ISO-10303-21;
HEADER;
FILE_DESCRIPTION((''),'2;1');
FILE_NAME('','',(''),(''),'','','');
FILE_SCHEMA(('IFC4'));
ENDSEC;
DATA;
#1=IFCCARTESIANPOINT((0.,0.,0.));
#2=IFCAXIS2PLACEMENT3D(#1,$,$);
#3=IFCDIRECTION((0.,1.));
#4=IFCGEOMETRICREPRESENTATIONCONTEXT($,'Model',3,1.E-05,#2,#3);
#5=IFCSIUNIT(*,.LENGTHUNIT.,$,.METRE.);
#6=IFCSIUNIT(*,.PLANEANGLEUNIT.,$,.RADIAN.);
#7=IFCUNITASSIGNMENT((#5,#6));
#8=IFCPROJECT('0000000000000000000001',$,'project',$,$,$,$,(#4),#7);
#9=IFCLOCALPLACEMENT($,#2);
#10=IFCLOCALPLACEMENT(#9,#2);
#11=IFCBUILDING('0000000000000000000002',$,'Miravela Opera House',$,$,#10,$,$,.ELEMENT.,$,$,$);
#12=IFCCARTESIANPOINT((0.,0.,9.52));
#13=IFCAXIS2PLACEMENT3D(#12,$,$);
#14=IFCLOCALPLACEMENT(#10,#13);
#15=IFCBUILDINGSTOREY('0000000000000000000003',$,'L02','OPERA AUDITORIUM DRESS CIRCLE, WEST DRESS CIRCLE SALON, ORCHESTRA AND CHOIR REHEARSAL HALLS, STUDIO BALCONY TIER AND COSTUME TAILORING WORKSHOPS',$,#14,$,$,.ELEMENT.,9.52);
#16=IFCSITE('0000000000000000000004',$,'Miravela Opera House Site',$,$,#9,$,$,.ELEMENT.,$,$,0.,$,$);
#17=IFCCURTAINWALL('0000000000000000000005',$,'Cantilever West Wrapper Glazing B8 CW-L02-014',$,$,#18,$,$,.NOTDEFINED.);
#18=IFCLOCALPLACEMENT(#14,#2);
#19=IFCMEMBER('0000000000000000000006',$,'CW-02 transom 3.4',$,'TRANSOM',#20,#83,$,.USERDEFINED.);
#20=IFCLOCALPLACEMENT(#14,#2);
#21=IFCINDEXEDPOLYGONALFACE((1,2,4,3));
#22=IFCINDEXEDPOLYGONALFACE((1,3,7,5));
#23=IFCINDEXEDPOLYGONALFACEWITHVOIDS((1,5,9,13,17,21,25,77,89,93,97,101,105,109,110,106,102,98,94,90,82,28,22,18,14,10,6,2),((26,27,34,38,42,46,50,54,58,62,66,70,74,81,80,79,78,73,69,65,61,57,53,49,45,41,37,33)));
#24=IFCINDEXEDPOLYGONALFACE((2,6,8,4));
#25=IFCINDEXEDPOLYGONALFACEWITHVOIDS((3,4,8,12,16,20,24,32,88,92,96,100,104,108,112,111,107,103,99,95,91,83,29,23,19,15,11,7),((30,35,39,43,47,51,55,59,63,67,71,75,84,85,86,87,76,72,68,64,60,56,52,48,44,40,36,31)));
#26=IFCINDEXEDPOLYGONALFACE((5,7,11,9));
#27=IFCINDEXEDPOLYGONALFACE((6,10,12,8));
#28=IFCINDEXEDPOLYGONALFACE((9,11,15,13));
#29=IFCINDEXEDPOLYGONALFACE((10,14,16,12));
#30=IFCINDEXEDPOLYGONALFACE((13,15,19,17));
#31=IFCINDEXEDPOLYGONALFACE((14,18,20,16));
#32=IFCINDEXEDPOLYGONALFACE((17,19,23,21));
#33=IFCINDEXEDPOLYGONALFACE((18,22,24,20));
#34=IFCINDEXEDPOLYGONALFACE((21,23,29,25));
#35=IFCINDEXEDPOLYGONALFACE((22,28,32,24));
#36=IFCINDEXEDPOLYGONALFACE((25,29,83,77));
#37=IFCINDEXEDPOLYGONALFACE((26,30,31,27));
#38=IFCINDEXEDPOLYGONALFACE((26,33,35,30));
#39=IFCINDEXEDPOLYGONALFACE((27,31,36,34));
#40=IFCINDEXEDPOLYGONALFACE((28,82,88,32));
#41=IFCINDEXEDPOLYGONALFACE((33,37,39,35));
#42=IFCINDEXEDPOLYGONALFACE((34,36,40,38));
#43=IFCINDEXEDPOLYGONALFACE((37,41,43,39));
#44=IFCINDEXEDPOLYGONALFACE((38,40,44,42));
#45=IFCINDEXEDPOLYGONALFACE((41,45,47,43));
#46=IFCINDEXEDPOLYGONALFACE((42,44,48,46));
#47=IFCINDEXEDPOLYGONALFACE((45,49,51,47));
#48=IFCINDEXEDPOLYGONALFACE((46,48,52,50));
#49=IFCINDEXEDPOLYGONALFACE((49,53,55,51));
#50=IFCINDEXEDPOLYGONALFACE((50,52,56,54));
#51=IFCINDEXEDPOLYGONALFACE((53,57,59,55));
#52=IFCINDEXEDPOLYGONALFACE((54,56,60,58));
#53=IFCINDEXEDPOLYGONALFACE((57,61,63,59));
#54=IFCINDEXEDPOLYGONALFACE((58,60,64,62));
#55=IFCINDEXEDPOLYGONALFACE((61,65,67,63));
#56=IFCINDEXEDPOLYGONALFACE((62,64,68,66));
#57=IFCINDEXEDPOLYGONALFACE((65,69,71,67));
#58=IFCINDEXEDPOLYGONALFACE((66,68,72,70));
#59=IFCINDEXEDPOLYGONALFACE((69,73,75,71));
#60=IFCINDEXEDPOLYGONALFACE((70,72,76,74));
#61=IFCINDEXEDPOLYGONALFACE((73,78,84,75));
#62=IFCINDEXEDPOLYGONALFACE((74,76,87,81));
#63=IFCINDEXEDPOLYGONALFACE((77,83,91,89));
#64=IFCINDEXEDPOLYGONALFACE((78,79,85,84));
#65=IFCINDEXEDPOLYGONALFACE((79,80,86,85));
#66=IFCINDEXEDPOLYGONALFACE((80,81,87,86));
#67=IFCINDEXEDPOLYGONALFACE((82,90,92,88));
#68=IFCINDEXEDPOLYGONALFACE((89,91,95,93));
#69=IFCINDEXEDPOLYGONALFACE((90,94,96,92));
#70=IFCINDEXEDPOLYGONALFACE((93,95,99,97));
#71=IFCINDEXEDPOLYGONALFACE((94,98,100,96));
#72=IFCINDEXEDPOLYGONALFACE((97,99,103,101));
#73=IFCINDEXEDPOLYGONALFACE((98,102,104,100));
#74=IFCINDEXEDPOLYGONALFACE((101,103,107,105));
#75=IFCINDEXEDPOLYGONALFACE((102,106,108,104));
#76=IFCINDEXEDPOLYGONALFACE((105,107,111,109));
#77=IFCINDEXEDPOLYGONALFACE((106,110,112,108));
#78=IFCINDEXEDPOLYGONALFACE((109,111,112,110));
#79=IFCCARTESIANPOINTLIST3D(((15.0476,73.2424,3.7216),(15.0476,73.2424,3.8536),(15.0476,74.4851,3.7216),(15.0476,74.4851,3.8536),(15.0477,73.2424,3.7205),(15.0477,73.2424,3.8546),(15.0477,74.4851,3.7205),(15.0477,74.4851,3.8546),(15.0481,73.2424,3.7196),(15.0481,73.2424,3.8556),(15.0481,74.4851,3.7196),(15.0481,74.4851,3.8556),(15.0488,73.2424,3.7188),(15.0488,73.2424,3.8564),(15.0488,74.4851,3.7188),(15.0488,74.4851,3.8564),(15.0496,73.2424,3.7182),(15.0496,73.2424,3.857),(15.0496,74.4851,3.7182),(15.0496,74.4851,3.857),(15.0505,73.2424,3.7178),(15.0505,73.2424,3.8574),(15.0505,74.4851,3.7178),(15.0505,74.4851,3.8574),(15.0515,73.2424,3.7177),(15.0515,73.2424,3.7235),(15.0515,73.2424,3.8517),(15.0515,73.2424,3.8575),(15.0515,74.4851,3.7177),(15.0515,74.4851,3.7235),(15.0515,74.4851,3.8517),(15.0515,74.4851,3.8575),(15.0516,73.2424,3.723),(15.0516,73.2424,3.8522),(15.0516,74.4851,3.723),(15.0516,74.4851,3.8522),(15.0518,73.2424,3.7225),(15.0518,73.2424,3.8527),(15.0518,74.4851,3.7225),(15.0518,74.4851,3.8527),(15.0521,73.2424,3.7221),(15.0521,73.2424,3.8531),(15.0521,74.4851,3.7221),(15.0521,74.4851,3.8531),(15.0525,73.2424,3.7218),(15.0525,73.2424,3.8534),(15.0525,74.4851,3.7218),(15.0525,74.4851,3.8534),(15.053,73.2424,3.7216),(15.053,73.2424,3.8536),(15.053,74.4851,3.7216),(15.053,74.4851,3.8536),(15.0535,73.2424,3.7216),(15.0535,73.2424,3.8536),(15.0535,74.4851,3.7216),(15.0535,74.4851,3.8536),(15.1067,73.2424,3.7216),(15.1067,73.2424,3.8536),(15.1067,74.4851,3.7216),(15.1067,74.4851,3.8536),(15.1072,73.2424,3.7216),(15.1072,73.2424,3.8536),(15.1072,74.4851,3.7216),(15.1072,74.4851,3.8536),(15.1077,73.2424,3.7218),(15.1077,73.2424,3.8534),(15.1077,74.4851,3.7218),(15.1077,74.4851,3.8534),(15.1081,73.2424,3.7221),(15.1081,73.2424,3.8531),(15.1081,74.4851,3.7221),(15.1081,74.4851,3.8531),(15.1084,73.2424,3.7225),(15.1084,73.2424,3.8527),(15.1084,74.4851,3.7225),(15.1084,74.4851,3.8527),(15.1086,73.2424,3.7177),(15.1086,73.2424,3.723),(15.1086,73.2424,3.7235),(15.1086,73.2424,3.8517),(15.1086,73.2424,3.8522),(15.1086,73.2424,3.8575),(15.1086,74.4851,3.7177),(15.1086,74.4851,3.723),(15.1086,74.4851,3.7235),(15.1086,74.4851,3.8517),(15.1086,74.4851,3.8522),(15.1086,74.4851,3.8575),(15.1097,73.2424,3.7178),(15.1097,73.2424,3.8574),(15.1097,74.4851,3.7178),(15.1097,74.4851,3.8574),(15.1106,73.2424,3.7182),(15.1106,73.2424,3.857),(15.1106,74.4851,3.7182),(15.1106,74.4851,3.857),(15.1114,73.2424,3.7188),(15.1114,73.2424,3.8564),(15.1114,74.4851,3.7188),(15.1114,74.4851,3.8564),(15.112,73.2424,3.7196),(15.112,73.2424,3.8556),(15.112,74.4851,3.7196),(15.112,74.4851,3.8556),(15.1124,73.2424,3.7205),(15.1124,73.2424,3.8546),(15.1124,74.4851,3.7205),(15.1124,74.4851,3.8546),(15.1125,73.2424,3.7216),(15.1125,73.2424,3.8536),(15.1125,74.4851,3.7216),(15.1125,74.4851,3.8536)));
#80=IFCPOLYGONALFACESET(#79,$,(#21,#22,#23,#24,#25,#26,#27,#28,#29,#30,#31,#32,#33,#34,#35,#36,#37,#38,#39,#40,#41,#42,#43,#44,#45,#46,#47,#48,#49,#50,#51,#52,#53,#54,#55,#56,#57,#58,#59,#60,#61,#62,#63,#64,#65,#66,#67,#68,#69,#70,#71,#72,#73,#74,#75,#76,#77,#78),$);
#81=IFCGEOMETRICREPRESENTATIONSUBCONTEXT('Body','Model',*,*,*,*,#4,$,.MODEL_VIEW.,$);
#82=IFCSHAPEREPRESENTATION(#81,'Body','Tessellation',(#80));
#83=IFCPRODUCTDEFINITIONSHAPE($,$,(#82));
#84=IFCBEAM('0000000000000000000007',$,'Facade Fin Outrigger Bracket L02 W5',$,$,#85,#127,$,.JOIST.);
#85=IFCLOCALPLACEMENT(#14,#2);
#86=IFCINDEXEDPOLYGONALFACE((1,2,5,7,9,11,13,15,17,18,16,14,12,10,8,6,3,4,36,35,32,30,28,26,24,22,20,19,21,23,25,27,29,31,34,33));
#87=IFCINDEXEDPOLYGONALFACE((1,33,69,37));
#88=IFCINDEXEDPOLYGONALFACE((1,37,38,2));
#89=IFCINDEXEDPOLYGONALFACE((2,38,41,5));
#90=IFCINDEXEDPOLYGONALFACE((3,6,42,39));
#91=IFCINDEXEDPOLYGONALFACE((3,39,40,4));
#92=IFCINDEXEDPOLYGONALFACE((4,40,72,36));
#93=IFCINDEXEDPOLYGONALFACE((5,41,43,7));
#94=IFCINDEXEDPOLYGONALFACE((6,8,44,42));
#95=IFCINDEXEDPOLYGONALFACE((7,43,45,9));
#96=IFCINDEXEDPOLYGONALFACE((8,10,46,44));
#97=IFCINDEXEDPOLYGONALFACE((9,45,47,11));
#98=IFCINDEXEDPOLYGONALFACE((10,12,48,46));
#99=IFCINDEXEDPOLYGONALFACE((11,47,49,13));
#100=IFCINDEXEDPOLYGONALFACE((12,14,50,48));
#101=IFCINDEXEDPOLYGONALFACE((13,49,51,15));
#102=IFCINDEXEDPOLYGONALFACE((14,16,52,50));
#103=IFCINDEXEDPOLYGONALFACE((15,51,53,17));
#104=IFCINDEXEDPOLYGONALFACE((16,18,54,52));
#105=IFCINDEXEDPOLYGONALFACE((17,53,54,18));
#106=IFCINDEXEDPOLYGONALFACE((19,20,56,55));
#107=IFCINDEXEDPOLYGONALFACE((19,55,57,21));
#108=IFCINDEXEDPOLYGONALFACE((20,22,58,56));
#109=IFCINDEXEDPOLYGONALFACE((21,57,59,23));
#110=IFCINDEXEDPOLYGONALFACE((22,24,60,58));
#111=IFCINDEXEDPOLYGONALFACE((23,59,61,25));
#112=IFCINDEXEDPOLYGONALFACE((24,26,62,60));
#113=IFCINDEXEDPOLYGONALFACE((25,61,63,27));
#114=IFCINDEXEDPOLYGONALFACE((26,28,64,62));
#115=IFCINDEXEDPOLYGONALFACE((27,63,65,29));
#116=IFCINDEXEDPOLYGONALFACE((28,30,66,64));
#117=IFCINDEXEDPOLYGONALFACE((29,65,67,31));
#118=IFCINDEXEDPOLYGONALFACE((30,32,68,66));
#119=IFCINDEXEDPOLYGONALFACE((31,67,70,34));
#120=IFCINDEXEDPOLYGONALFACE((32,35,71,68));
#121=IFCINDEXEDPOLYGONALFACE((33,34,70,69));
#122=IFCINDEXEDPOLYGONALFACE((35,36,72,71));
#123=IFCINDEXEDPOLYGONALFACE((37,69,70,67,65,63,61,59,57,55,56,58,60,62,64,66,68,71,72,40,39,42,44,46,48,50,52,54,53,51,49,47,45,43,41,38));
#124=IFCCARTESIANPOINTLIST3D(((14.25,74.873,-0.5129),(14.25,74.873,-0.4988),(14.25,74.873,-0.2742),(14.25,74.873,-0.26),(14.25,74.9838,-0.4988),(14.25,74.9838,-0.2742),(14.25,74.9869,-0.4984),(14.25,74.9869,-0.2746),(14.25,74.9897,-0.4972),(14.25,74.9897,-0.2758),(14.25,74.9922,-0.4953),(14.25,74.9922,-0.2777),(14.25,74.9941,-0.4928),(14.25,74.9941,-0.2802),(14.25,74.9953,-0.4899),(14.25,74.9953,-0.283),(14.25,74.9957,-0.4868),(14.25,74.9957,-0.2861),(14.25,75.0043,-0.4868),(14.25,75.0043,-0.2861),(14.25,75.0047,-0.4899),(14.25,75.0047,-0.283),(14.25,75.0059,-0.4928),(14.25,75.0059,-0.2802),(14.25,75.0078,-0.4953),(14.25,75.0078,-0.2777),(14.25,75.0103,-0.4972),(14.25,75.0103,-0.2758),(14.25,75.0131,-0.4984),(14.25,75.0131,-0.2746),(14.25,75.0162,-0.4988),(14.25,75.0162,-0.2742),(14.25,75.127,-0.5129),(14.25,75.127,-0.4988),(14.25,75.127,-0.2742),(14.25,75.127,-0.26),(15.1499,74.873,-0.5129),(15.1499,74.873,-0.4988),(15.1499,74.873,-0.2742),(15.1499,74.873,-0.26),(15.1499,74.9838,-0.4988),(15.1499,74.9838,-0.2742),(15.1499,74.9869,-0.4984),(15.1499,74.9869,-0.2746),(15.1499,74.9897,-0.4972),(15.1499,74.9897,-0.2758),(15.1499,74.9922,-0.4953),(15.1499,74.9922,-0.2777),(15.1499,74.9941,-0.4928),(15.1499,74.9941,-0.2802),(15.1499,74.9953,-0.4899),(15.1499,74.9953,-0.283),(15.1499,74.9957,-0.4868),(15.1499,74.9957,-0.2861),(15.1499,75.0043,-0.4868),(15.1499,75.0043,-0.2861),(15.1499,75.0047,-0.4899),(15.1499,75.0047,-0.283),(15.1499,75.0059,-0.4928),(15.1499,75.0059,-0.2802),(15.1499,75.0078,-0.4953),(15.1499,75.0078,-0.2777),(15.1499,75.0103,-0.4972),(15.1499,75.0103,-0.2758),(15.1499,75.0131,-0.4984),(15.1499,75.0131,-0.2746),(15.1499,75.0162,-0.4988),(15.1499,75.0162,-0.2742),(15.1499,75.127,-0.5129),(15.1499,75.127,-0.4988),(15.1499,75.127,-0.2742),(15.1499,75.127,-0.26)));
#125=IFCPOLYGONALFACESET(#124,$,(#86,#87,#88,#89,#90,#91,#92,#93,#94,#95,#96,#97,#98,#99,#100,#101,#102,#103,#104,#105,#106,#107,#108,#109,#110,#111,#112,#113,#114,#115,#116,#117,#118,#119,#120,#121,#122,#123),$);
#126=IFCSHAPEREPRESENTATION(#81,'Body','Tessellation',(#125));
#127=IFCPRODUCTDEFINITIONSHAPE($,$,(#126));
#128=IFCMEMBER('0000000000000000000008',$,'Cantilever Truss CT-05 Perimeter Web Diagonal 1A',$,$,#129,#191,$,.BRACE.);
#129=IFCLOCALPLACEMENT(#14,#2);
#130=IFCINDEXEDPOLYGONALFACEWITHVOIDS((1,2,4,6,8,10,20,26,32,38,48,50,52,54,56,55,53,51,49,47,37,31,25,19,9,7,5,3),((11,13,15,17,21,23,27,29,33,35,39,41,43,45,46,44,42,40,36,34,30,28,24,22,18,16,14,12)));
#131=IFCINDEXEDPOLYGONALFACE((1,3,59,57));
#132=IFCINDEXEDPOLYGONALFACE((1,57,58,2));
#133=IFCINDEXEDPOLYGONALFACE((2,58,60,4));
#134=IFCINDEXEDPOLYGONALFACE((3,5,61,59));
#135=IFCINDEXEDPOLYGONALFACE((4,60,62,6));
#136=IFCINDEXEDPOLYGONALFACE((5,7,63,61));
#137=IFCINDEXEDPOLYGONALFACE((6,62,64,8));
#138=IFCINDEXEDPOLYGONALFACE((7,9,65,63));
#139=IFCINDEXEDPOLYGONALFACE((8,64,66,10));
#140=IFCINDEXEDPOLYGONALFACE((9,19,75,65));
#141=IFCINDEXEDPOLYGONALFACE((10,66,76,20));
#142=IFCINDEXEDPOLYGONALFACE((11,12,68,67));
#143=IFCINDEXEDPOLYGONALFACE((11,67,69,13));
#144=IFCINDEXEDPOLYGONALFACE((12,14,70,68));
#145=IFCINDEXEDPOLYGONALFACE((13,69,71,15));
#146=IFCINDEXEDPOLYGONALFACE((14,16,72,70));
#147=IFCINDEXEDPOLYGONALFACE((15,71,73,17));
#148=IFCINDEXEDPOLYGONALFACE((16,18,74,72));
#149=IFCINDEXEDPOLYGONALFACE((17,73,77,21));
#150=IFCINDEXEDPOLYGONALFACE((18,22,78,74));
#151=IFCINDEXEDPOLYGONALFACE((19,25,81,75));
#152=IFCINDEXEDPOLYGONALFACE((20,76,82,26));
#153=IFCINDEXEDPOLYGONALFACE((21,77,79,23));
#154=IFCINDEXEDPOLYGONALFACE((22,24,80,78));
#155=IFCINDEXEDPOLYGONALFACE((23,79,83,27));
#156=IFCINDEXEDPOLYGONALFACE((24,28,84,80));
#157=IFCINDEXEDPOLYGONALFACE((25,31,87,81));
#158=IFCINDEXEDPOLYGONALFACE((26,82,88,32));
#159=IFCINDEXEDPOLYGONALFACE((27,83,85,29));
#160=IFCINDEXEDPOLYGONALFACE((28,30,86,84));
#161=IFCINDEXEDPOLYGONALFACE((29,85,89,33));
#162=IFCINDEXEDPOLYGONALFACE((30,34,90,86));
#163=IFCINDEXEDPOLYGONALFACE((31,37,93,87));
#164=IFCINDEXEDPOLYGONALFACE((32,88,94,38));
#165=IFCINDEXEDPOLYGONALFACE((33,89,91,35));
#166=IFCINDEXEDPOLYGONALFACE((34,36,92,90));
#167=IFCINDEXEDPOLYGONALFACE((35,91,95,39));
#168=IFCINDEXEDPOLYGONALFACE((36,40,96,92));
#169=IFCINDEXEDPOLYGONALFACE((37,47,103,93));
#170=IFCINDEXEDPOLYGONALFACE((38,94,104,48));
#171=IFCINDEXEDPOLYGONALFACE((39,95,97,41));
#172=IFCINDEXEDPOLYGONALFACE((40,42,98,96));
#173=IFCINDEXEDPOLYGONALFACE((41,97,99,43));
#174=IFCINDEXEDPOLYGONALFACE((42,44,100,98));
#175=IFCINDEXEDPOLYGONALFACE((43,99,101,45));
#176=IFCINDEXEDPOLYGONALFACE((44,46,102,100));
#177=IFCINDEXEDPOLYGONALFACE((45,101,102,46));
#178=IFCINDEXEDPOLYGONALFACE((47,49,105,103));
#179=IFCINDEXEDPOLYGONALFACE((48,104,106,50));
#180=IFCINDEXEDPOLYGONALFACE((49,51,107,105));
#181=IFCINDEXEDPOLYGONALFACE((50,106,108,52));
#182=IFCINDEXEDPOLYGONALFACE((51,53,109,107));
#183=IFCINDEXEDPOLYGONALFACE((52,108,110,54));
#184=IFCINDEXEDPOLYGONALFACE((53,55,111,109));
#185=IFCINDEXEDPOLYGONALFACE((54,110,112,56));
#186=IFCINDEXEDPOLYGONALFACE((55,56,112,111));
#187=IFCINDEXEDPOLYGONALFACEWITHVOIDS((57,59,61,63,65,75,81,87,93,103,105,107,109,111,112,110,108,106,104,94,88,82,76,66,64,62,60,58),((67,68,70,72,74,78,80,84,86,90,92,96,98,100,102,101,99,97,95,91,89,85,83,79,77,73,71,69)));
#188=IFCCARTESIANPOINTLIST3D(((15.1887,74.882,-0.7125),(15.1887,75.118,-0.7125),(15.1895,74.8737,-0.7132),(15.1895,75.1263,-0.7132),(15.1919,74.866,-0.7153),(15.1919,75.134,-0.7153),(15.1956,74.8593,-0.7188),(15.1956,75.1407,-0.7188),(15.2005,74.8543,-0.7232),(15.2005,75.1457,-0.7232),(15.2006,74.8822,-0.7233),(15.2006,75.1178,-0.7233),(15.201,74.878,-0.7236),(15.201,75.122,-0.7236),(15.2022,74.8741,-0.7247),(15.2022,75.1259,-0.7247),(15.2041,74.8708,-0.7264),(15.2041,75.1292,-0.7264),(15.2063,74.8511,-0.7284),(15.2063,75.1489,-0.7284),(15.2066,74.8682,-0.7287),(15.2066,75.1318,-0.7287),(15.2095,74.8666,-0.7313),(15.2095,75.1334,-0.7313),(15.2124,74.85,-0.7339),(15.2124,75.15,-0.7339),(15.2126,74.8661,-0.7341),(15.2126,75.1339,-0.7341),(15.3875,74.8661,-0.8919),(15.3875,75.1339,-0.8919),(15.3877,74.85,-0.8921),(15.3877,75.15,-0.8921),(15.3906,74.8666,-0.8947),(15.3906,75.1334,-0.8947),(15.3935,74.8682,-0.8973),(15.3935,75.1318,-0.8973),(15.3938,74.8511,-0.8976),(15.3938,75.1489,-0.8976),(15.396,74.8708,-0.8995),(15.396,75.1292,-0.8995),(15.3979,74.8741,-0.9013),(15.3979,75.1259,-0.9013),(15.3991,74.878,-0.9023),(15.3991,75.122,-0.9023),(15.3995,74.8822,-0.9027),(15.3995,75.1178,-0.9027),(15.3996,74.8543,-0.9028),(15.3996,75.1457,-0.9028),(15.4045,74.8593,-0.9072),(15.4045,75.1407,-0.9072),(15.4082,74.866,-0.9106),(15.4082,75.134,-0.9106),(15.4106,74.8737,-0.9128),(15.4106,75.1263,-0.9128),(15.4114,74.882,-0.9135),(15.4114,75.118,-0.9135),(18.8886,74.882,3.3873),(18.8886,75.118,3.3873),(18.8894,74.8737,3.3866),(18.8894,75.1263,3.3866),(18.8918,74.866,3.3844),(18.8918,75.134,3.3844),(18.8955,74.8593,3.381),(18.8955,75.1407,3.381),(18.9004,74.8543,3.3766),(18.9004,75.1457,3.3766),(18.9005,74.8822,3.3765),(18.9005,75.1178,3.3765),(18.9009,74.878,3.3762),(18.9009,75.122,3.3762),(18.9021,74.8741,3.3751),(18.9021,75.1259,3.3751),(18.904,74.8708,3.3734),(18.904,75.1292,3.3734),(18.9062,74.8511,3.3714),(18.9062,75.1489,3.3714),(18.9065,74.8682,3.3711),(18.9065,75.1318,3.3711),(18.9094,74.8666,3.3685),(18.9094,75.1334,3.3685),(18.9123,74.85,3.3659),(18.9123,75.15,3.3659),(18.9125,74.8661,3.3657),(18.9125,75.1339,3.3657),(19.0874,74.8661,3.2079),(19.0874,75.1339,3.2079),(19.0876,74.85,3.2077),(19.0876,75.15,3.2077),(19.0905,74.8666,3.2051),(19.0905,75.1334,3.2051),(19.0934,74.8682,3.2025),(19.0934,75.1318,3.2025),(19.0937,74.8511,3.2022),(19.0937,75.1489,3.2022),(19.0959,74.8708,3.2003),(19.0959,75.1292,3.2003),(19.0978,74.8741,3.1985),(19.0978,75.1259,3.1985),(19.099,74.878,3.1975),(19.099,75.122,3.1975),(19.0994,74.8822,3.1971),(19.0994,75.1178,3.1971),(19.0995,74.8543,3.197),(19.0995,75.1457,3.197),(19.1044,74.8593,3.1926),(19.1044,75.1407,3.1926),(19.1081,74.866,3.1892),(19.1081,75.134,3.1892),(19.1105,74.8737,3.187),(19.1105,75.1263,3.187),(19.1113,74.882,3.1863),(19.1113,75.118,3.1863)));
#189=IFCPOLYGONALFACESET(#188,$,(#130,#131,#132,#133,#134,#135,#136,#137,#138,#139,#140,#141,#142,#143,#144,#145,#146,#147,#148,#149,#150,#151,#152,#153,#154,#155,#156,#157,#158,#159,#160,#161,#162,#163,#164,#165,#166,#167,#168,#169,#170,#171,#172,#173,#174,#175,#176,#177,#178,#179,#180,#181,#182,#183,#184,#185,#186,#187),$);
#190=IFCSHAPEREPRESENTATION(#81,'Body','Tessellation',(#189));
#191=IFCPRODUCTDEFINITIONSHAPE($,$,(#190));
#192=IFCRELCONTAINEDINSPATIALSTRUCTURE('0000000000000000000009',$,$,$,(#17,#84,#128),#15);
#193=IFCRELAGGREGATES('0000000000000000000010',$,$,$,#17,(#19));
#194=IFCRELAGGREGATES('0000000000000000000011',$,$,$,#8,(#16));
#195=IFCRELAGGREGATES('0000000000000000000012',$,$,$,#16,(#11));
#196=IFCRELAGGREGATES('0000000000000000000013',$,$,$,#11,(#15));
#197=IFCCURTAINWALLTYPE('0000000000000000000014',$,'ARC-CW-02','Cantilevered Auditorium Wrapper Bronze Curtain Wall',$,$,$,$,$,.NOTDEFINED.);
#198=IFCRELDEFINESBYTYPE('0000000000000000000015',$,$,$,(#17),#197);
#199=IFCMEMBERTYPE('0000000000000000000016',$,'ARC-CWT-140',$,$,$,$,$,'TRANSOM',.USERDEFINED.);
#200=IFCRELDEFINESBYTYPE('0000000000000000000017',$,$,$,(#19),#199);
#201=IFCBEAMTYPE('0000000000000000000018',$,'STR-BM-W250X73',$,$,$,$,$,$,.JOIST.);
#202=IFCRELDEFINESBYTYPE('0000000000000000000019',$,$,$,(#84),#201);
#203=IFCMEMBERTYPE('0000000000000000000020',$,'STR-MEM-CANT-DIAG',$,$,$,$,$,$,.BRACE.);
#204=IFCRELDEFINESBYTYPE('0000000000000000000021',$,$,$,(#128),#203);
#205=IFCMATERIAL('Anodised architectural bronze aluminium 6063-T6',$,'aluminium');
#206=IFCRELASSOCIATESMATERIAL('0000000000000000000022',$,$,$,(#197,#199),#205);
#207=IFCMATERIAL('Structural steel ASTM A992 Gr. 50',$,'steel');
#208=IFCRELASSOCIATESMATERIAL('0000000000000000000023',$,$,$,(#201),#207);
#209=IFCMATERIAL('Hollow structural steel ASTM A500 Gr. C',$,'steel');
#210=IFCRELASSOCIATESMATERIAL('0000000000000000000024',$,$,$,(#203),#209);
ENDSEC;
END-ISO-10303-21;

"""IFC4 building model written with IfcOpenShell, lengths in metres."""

from ifc_helpers import new_model, si_unit, direction, frame, origin, origin_2d, place, context, subcontext, project, spatial, hollow_rectangle, i_section, extrude, material, material_profile, profile_set, type_object, element, aggregate, save


model = new_model("IFC4")

# Units and contexts
model_context = context("Model", 3, precision=1e-05, world=origin(), true_north=direction((0.0, 1.0)))
body_context = subcontext(model_context, "Body", "Model", "MODEL_VIEW")
ifc_project = project(units=[si_unit("LENGTHUNIT", "METRE"), si_unit("PLANEANGLEUNIT", "RADIAN")], contexts=[model_context])

# Site, building, storey
site_placement = place(None, origin())
site = spatial("IfcSite", under=ifc_project, at=site_placement, Name="Miravela Opera House Site", CompositionType="ELEMENT", RefElevation=0.0)
building_placement = place(site_placement, origin())
building = spatial("IfcBuilding", under=site, at=building_placement, Name="Miravela Opera House", CompositionType="ELEMENT")
storey_placement = place(building_placement, frame((0.0, 0.0, 9.52)))
storey = spatial("IfcBuildingStorey", under=building, at=storey_placement, Name="L02", Description="OPERA AUDITORIUM DRESS CIRCLE, WEST DRESS CIRCLE SALON, ORCHESTRA AND CHOIR REHEARSAL HALLS, STUDIO BALCONY TIER AND COSTUME TAILORING WORKSHOPS", CompositionType="ELEMENT", Elevation=9.52)

# Curtain wall, member
ifc_material_1 = material(Name="Anodised architectural bronze aluminium 6063-T6", Category="aluminium")
curtain_wall_type = type_object("IfcCurtainWallType", Name="ARC-CW-02", Description="Cantilevered Auditorium Wrapper Bronze Curtain Wall", PredefinedType="NOTDEFINED", material=ifc_material_1)
curtain_wall_placement = place(storey_placement, origin())
curtain_wall = element("IfcCurtainWall", 1, at=curtain_wall_placement, inside=storey, type_object=curtain_wall_type, Name="Cantilever West Wrapper Glazing B8 CW-L02-014", PredefinedType="NOTDEFINED")
ifc_material_profile_1 = material_profile(ifc_material_1, hollow_rectangle(XDim=0.0649, YDim=0.1399, WallThickness=0.0039, InnerFilletRadius=0.002, OuterFilletRadius=0.0039, at=origin_2d()), Name="CWT-65X140")
ifc_profile_set_1 = profile_set([ifc_material_profile_1])
member_type_1 = type_object("IfcMemberType", Name="ARC-CWT-140", ElementType="TRANSOM", PredefinedType="USERDEFINED", material=ifc_profile_set_1)
member_1_placement = place(storey_placement, frame((15.0801, 73.2424, 3.7876), z_axis=(0.0, 1.0, 0.0), x_axis=(-1.0, 0.0, 0.0)))
member_1 = element("IfcMember", 2, at=member_1_placement, type_object=member_type_1, Name="CW-02 transom 3.4", ObjectType="TRANSOM", PredefinedType="USERDEFINED", context=body_context, shape_type="SweptSolid", body=[
    extrude(hollow_rectangle(XDim=0.0649, YDim=0.1399, WallThickness=0.0039, InnerFilletRadius=0.002, OuterFilletRadius=0.0039, at=origin_2d()), origin(), (0.0, 0.0, 1.0), 1.2427),
])

# Beam
ifc_material_2 = material(Name="Structural steel ASTM A992 Gr. 50", Category="steel")
ifc_material_profile_2 = material_profile(ifc_material_2, i_section(OverallWidth=0.2539, OverallDepth=0.2529, WebThickness=0.0085, FlangeThickness=0.0142, FilletRadius=0.012, at=origin_2d()), Name="W250X73")
ifc_profile_set_2 = profile_set([ifc_material_profile_2])
beam_type = type_object("IfcBeamType", Name="STR-BM-W250X73", PredefinedType="JOIST", material=ifc_profile_set_2)
beam_placement = place(storey_placement, frame((15.1499, 75.0, -0.3865), z_axis=(-1.0, 0.0, 0.0), x_axis=(0.0, -1.0, 0.0)))
element("IfcBeam", 3, at=beam_placement, inside=storey, type_object=beam_type, Name="Facade Fin Outrigger Bracket L02 W5", PredefinedType="JOIST", context=body_context, shape_type="SweptSolid", body=[
    extrude(i_section(OverallWidth=0.2539, OverallDepth=0.2529, WebThickness=0.0085, FlangeThickness=0.0142, FilletRadius=0.012, at=origin_2d()), origin(), (0.0, 0.0, 1.0), 0.8999),
])

# Member
ifc_material_3 = material(Name="Hollow structural steel ASTM A500 Gr. C", Category="steel")
ifc_material_profile_3 = material_profile(ifc_material_3, hollow_rectangle(XDim=0.3, YDim=0.3, WallThickness=0.0161, InnerFilletRadius=0.0161, OuterFilletRadius=0.032, at=origin_2d()), Name="HSS300X300X16")
ifc_profile_set_3 = profile_set([ifc_material_profile_3])
member_type_2 = type_object("IfcMemberType", Name="STR-MEM-CANT-DIAG", PredefinedType="BRACE", material=ifc_profile_set_3)
for number, where, z_axis, x_axis, name in (
    (4, (15.3, 75.0, -0.813), (0.669973, 0.0, 0.742386), (0.0, 1.0, 0.0), "Cantilever Truss CT-05 Perimeter Web Diagonal 1A"),
):
    element("IfcMember", number, at=place(storey_placement, frame(where, z_axis=z_axis, x_axis=x_axis)), inside=storey, type_object=member_type_2, Name=name, PredefinedType="BRACE", context=body_context, shape_type="SweptSolid", body=[
        extrude(hollow_rectangle(XDim=0.3, YDim=0.3, WallThickness=0.0161, InnerFilletRadius=0.0161, OuterFilletRadius=0.032, at=origin_2d()), origin(), (0.0, 0.0, 1.0), 5.5225),
    ])

aggregate(curtain_wall, [member_1])

save(model, "model.ifc")
